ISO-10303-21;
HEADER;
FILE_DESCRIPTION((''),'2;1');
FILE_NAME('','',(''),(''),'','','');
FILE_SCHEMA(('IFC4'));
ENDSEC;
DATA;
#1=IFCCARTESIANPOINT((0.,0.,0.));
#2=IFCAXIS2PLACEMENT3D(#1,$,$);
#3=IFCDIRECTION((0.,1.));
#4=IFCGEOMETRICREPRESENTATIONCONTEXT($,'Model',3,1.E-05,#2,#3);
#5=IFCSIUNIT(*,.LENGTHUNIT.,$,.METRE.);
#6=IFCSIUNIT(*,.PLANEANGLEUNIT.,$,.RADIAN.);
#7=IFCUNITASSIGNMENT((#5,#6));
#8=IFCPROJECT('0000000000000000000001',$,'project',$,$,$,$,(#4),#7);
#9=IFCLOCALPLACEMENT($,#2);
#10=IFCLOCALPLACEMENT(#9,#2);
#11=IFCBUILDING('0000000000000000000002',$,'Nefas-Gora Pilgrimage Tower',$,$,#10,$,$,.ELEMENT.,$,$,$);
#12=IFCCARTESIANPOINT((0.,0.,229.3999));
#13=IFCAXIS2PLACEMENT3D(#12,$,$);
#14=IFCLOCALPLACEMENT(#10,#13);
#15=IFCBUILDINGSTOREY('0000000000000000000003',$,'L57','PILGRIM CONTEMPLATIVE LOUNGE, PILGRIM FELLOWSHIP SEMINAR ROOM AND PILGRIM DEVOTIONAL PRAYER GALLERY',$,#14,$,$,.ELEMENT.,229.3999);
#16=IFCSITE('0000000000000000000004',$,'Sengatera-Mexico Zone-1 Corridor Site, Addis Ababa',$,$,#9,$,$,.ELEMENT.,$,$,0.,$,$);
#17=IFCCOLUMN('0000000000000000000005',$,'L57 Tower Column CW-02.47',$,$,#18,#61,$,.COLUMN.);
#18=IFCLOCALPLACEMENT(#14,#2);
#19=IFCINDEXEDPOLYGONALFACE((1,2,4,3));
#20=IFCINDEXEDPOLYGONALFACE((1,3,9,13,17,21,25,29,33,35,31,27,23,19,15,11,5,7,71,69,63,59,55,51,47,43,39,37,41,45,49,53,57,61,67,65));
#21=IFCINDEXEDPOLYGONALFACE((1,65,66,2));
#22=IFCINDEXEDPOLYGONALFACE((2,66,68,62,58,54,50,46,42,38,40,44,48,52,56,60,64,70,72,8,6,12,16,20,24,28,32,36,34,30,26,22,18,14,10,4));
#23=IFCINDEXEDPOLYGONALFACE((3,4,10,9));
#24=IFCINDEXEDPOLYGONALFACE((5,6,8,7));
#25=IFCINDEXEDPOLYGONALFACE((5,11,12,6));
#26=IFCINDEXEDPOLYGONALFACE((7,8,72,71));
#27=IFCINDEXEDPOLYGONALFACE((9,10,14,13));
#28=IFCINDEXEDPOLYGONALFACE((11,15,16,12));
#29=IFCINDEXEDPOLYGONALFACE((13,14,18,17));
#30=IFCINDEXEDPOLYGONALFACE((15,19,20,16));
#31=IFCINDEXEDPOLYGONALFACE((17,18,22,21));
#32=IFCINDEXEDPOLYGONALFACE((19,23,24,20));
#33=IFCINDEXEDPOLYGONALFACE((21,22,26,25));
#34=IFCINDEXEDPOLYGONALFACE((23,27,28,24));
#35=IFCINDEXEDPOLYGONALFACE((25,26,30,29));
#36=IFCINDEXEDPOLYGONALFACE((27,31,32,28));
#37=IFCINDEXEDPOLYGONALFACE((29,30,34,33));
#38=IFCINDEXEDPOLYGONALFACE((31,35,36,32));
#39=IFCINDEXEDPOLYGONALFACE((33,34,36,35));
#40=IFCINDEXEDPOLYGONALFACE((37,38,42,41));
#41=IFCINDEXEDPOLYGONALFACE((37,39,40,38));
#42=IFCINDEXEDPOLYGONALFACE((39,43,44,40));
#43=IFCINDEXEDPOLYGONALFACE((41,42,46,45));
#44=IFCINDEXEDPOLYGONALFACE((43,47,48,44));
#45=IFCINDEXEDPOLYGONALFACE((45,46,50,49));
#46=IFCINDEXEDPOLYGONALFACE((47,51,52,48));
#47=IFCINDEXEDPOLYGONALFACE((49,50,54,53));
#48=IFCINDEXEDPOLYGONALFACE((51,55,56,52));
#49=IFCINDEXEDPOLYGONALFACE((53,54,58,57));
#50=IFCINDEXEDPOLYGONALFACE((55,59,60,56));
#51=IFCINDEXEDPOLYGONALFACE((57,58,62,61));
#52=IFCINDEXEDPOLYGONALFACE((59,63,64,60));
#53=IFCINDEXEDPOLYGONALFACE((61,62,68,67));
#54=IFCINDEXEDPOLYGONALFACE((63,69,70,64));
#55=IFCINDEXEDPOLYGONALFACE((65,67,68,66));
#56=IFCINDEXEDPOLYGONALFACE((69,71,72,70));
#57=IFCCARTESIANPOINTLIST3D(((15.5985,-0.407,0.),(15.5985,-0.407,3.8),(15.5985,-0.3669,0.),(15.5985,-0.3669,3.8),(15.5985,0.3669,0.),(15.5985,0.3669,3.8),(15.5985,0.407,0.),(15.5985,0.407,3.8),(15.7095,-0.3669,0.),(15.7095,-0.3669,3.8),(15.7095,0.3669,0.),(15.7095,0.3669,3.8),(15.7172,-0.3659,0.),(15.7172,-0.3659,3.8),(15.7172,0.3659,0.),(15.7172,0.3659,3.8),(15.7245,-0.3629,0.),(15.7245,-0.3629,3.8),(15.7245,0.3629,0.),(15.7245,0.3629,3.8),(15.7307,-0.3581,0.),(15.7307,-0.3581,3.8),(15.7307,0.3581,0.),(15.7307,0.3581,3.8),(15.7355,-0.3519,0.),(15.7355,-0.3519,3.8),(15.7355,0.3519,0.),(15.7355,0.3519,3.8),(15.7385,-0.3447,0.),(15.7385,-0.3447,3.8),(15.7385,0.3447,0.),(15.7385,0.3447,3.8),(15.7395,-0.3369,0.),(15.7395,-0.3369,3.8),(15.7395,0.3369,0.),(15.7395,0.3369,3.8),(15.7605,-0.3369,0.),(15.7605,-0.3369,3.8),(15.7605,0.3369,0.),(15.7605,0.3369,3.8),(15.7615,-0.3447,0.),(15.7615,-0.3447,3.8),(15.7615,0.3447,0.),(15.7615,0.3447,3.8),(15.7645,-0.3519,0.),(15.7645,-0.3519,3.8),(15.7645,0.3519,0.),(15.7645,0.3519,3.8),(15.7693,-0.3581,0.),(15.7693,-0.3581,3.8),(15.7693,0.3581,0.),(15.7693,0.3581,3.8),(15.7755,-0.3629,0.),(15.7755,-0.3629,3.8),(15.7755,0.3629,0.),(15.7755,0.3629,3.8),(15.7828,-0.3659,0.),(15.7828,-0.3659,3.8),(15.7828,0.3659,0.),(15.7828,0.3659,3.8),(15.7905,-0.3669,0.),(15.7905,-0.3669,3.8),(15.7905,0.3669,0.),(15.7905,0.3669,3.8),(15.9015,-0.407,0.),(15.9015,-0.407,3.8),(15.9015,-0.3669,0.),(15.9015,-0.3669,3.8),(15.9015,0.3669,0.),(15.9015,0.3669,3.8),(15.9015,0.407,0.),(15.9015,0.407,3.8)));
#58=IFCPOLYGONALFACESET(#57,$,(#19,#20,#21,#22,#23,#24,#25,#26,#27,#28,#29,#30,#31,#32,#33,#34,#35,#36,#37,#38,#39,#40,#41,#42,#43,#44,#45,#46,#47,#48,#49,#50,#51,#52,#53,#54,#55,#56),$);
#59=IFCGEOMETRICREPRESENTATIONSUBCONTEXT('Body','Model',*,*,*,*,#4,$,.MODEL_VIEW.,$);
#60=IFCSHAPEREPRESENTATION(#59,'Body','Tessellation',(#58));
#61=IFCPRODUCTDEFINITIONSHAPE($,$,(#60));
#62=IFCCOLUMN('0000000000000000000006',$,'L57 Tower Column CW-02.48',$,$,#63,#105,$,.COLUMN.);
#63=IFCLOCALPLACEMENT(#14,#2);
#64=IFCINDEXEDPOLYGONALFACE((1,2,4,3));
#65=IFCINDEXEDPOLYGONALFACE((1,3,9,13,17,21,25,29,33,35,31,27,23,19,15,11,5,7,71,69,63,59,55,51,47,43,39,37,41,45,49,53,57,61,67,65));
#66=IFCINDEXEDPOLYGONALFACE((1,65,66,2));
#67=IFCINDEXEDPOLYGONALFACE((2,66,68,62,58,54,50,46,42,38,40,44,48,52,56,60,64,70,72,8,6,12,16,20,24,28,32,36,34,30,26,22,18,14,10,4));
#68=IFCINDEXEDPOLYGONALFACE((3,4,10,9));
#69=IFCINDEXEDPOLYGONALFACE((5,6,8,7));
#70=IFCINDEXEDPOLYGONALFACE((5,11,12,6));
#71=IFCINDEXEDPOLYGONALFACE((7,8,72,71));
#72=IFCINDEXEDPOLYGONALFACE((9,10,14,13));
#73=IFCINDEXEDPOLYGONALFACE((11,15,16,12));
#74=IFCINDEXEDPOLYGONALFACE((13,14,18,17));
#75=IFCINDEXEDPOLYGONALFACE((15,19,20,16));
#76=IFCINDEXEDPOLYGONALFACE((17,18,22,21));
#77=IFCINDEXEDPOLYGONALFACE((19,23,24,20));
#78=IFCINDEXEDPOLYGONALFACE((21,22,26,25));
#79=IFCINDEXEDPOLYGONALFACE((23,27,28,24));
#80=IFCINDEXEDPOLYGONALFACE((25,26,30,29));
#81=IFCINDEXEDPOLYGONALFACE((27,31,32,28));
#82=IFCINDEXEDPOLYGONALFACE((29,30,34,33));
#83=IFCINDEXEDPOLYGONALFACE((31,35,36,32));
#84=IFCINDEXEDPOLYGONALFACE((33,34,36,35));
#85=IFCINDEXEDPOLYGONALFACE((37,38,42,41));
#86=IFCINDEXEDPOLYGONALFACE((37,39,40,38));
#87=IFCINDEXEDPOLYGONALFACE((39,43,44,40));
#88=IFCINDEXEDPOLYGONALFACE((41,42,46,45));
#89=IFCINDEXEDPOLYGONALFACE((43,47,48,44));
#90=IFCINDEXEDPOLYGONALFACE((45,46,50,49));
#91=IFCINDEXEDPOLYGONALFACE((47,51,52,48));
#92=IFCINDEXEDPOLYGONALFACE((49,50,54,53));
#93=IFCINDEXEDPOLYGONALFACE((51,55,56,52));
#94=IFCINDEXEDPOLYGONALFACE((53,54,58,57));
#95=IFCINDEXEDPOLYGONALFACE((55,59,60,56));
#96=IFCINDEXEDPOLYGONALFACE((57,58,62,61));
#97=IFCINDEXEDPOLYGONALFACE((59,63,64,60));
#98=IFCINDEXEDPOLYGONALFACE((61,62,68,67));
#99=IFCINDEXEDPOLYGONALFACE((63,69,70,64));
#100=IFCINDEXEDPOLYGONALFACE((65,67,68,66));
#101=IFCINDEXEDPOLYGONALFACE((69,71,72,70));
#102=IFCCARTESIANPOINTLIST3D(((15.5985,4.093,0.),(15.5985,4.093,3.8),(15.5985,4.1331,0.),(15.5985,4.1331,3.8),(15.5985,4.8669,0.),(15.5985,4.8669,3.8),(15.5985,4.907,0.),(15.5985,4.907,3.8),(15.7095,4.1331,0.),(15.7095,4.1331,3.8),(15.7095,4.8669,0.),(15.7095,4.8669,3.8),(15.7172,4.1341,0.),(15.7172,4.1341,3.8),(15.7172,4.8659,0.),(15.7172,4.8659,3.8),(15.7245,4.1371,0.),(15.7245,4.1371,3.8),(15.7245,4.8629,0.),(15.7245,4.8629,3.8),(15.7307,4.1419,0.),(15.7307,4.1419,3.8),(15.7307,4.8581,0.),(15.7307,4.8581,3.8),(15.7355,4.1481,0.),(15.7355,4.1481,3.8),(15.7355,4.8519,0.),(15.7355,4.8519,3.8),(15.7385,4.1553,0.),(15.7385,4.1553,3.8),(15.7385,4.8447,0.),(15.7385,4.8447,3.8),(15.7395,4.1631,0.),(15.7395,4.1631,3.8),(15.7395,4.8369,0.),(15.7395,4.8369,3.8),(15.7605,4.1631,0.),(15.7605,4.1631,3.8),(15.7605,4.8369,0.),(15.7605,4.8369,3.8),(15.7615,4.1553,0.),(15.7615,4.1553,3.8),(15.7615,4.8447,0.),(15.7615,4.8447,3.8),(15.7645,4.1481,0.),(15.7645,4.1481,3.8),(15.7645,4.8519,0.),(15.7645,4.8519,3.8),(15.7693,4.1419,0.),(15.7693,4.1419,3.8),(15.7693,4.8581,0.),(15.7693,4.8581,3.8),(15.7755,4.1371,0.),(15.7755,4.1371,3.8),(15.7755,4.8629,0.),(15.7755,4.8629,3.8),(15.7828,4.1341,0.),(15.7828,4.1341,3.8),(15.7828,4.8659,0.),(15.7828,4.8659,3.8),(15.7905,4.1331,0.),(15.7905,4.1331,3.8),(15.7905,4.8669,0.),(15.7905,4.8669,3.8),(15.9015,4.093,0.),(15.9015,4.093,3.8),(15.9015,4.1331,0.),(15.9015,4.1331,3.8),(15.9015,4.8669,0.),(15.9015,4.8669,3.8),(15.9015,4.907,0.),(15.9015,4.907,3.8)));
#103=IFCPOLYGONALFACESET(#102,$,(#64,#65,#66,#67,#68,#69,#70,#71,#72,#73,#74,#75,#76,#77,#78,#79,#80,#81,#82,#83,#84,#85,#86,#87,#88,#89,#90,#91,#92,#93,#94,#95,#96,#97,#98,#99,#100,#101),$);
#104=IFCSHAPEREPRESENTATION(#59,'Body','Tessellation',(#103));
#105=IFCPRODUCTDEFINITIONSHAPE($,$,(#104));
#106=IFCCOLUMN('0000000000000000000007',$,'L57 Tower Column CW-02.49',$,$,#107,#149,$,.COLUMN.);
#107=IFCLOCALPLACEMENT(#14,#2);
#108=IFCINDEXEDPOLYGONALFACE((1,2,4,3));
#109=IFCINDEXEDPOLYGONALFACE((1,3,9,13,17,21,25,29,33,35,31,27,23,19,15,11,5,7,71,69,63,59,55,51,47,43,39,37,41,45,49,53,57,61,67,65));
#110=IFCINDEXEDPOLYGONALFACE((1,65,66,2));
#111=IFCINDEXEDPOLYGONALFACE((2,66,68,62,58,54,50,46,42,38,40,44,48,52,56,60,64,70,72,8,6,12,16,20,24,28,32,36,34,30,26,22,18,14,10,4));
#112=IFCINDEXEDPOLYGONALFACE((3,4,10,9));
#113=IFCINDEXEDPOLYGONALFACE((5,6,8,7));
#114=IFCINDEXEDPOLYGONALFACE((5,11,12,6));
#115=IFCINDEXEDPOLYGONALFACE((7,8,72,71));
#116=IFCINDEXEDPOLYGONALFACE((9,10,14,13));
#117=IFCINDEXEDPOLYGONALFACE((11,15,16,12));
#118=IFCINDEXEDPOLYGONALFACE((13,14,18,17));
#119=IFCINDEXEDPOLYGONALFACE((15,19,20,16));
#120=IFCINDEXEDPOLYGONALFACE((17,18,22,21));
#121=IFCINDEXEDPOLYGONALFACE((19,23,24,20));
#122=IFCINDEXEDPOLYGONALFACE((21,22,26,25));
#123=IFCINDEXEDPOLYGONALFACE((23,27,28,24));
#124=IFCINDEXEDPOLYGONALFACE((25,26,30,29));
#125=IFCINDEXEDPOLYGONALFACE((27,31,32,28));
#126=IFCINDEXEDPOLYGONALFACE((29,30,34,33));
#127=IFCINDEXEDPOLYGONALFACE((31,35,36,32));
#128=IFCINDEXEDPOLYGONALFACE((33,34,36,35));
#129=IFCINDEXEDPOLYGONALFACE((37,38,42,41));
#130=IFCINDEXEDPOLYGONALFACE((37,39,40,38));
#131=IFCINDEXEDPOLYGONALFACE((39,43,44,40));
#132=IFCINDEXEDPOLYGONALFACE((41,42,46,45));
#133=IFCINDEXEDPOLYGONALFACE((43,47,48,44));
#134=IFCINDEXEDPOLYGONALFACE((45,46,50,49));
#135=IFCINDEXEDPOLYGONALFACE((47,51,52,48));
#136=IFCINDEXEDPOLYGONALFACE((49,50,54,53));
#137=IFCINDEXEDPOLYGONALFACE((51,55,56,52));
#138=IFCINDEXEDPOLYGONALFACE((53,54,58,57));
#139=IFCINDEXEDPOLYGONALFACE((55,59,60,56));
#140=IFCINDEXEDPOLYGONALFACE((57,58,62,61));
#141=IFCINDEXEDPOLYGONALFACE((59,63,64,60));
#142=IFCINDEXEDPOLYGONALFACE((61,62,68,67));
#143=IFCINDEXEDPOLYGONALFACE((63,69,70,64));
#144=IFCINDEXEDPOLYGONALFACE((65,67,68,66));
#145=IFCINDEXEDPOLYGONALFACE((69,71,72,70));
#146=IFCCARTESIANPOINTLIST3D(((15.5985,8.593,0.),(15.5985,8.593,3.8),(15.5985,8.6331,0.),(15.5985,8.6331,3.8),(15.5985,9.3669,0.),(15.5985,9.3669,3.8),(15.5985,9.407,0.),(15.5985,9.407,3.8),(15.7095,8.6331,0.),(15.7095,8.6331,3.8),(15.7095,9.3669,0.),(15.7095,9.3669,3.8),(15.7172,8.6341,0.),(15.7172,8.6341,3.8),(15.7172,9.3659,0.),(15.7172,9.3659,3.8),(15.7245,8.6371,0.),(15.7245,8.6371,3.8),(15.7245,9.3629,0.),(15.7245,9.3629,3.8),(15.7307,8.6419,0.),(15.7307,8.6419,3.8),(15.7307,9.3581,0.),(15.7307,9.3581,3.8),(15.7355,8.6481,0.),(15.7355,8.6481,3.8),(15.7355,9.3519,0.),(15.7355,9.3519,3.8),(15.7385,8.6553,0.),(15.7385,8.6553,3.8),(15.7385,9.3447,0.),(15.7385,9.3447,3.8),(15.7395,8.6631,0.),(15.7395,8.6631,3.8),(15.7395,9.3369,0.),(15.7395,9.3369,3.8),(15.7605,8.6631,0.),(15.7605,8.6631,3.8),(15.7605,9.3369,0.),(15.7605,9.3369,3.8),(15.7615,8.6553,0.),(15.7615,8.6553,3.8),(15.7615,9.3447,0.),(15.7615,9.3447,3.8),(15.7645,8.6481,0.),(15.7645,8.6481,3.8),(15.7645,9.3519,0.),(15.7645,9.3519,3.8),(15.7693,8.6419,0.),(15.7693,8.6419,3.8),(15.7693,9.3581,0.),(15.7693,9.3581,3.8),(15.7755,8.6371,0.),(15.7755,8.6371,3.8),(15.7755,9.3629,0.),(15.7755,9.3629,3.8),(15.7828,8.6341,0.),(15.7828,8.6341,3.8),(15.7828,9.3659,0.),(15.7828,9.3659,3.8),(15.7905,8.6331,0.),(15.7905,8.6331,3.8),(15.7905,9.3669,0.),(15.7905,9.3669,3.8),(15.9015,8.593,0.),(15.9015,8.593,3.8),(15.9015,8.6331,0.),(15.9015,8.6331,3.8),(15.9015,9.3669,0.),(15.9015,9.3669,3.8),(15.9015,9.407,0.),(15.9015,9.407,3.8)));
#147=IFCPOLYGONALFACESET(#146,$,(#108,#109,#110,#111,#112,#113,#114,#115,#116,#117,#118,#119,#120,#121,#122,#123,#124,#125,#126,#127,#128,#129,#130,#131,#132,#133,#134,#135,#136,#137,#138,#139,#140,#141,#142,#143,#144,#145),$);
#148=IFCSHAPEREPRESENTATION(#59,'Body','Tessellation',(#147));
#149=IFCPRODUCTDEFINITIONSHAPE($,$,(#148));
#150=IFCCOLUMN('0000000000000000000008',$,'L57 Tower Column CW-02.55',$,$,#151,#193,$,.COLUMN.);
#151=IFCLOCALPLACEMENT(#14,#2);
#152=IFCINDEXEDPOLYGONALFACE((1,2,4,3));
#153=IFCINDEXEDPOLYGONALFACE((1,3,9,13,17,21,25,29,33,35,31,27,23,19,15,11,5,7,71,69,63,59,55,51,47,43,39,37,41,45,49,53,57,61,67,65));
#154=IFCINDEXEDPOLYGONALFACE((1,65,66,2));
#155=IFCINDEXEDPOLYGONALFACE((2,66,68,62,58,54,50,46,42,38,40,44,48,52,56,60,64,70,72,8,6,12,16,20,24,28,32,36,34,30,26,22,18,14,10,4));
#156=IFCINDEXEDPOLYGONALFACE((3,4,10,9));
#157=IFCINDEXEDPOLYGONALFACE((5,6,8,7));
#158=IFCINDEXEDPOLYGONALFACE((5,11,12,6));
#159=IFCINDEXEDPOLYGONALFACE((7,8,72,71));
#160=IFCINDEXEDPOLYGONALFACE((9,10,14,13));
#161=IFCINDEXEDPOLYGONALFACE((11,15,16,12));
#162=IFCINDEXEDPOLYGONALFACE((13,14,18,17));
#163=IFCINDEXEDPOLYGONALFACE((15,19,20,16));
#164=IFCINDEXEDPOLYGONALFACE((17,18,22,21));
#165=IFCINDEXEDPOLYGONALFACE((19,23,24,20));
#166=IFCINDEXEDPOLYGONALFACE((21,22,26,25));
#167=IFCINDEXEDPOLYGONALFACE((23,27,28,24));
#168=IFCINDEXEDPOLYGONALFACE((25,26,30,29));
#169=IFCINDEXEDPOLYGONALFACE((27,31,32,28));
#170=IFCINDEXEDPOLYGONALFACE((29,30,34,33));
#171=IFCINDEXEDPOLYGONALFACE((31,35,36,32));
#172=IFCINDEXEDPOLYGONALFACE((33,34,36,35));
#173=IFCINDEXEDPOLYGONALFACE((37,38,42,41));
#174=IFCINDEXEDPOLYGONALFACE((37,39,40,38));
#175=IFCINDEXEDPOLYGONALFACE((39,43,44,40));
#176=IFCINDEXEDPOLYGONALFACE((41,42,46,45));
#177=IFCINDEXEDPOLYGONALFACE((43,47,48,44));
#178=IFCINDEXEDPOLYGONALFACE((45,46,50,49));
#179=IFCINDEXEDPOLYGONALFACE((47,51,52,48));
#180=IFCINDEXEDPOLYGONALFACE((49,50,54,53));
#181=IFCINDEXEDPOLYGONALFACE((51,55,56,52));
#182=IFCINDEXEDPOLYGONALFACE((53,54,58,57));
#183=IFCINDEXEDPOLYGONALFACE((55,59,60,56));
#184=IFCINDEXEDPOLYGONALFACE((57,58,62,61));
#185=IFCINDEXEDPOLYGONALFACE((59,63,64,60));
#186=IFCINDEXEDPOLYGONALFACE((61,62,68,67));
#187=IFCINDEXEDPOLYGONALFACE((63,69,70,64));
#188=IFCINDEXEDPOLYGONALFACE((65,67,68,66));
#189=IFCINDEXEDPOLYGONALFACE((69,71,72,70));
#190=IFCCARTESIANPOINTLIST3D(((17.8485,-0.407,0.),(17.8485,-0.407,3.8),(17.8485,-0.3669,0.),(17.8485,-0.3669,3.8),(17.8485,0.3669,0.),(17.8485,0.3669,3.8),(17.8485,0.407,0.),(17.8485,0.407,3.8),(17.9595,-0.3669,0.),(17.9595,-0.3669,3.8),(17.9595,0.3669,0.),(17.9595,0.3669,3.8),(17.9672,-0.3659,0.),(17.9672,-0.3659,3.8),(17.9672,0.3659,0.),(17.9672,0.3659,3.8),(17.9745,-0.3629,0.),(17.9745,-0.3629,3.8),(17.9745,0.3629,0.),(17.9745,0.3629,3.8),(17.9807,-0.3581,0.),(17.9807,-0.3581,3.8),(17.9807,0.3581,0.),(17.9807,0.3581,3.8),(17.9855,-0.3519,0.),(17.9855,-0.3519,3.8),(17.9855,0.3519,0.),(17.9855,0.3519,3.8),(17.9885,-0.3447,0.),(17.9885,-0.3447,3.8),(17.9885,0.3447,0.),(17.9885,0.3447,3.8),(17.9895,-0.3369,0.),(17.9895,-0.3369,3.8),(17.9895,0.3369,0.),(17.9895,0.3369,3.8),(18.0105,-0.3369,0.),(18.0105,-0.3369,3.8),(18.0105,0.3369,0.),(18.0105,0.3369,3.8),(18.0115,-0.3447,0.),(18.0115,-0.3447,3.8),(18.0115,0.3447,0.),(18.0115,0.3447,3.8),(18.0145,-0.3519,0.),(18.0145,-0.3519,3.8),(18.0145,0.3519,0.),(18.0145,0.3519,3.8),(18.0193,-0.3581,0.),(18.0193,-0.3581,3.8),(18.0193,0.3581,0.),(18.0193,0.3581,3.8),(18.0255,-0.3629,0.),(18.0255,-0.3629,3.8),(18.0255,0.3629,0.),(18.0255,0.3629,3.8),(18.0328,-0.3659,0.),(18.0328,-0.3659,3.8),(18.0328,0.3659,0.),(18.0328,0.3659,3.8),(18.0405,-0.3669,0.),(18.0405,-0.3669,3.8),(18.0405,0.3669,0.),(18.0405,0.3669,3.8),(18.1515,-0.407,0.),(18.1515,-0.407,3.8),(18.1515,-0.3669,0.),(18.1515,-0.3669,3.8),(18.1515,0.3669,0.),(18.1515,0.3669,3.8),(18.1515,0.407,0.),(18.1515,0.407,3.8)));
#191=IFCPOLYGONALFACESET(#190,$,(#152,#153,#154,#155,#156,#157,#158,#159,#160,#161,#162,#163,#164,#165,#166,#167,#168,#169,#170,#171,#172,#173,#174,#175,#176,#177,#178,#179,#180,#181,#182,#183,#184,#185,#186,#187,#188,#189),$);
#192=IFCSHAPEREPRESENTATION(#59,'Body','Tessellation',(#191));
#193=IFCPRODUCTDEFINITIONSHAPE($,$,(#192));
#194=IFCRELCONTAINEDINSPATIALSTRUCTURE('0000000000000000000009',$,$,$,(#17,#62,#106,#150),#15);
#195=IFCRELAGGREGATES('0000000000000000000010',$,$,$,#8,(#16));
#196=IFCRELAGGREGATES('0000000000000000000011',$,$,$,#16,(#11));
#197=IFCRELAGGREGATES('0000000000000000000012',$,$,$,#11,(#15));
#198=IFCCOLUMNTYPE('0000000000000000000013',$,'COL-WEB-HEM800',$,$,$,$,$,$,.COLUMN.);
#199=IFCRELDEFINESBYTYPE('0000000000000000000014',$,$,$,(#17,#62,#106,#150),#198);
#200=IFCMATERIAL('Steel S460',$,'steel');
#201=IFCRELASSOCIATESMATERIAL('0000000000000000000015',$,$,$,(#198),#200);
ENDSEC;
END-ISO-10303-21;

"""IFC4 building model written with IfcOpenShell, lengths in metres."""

from ifc_helpers import new_model, si_unit, direction, frame, origin, origin_2d, place, context, subcontext, project, spatial, i_section, extrude, source, transform, mapped, material, material_profile, profile_set, type_object, element, save


model = new_model("IFC4")

# Units and contexts
model_context = context("Model", 3, precision=1e-05, world=origin(), true_north=direction((0.0, 1.0)))
body_context = subcontext(model_context, "Body", "Model", "MODEL_VIEW")
ifc_project = project(units=[si_unit("LENGTHUNIT", "METRE"), si_unit("PLANEANGLEUNIT", "RADIAN")], contexts=[model_context])

# Site, building, storey
site_placement = place(None, origin())
site = spatial("IfcSite", under=ifc_project, at=site_placement, Name="Sengatera-Mexico Zone-1 Corridor Site, Addis Ababa", CompositionType="ELEMENT", RefElevation=0.0)
building_placement = place(site_placement, origin())
building = spatial("IfcBuilding", under=site, at=building_placement, Name="Nefas-Gora Pilgrimage Tower", CompositionType="ELEMENT")
storey_placement = place(building_placement, frame((0.0, 0.0, 229.3999)))
storey = spatial("IfcBuildingStorey", under=building, at=storey_placement, Name="L57", Description="PILGRIM CONTEMPLATIVE LOUNGE, PILGRIM FELLOWSHIP SEMINAR ROOM AND PILGRIM DEVOTIONAL PRAYER GALLERY", CompositionType="ELEMENT", Elevation=229.3999)

# Columns
ifc_material_1 = material(Name="Steel S460", Category="steel")
ifc_material_profile_1 = material_profile(ifc_material_1, i_section(OverallWidth=0.303, OverallDepth=0.814, WebThickness=0.021, FlangeThickness=0.04, FilletRadius=0.03, at=origin_2d()), Name="HEM 800")
ifc_profile_set_1 = profile_set([ifc_material_profile_1], Name="Steel S460")
column_type_1 = type_object("IfcColumnType", Name="COL-WEB-HEM800", PredefinedType="COLUMN", material=ifc_profile_set_1)
shared_shape_1 = source(origin(), body_context, "Body", "SweptSolid", [
    extrude(i_section(OverallWidth=0.303, OverallDepth=0.814, WebThickness=0.021, FlangeThickness=0.04, FilletRadius=0.03, at=origin_2d()), origin(), (0.0, 0.0, 1.0), 3.8),
])
for number, where, z_axis, x_axis, name in (
    (1, (15.75, 0.0, 0.0), (0.0, 0.0, 1.0), (1.0, 0.0, 0.0), "L57 Tower Column CW-02.47"),
    (2, (15.75, 4.5, 0.0), (0.0, 0.0, 1.0), (1.0, 0.0, 0.0), "L57 Tower Column CW-02.48"),
    (3, (15.75, 9.0, 0.0), (0.0, 0.0, 1.0), (1.0, 0.0, 0.0), "L57 Tower Column CW-02.49"),
    (4, (18.0, 0.0, 0.0), (0.0, 0.0, 1.0), (1.0, 0.0, 0.0), "L57 Tower Column CW-02.55"),
):
    element("IfcColumn", number, at=place(storey_placement, frame(where, z_axis=z_axis, x_axis=x_axis)), inside=storey, type_object=column_type_1, Name=name, PredefinedType="COLUMN", context=body_context, shape_type="MappedRepresentation", body=[
        mapped(shared_shape_1, transform((0.0, 0.0, 0.0), x_axis=(1.0, 0.0, 0.0), y_axis=(0.0, 1.0, 0.0), z_axis=(0.0, 0.0, 1.0), scale=1.0)),
    ])

save(model, "model.ifc")
